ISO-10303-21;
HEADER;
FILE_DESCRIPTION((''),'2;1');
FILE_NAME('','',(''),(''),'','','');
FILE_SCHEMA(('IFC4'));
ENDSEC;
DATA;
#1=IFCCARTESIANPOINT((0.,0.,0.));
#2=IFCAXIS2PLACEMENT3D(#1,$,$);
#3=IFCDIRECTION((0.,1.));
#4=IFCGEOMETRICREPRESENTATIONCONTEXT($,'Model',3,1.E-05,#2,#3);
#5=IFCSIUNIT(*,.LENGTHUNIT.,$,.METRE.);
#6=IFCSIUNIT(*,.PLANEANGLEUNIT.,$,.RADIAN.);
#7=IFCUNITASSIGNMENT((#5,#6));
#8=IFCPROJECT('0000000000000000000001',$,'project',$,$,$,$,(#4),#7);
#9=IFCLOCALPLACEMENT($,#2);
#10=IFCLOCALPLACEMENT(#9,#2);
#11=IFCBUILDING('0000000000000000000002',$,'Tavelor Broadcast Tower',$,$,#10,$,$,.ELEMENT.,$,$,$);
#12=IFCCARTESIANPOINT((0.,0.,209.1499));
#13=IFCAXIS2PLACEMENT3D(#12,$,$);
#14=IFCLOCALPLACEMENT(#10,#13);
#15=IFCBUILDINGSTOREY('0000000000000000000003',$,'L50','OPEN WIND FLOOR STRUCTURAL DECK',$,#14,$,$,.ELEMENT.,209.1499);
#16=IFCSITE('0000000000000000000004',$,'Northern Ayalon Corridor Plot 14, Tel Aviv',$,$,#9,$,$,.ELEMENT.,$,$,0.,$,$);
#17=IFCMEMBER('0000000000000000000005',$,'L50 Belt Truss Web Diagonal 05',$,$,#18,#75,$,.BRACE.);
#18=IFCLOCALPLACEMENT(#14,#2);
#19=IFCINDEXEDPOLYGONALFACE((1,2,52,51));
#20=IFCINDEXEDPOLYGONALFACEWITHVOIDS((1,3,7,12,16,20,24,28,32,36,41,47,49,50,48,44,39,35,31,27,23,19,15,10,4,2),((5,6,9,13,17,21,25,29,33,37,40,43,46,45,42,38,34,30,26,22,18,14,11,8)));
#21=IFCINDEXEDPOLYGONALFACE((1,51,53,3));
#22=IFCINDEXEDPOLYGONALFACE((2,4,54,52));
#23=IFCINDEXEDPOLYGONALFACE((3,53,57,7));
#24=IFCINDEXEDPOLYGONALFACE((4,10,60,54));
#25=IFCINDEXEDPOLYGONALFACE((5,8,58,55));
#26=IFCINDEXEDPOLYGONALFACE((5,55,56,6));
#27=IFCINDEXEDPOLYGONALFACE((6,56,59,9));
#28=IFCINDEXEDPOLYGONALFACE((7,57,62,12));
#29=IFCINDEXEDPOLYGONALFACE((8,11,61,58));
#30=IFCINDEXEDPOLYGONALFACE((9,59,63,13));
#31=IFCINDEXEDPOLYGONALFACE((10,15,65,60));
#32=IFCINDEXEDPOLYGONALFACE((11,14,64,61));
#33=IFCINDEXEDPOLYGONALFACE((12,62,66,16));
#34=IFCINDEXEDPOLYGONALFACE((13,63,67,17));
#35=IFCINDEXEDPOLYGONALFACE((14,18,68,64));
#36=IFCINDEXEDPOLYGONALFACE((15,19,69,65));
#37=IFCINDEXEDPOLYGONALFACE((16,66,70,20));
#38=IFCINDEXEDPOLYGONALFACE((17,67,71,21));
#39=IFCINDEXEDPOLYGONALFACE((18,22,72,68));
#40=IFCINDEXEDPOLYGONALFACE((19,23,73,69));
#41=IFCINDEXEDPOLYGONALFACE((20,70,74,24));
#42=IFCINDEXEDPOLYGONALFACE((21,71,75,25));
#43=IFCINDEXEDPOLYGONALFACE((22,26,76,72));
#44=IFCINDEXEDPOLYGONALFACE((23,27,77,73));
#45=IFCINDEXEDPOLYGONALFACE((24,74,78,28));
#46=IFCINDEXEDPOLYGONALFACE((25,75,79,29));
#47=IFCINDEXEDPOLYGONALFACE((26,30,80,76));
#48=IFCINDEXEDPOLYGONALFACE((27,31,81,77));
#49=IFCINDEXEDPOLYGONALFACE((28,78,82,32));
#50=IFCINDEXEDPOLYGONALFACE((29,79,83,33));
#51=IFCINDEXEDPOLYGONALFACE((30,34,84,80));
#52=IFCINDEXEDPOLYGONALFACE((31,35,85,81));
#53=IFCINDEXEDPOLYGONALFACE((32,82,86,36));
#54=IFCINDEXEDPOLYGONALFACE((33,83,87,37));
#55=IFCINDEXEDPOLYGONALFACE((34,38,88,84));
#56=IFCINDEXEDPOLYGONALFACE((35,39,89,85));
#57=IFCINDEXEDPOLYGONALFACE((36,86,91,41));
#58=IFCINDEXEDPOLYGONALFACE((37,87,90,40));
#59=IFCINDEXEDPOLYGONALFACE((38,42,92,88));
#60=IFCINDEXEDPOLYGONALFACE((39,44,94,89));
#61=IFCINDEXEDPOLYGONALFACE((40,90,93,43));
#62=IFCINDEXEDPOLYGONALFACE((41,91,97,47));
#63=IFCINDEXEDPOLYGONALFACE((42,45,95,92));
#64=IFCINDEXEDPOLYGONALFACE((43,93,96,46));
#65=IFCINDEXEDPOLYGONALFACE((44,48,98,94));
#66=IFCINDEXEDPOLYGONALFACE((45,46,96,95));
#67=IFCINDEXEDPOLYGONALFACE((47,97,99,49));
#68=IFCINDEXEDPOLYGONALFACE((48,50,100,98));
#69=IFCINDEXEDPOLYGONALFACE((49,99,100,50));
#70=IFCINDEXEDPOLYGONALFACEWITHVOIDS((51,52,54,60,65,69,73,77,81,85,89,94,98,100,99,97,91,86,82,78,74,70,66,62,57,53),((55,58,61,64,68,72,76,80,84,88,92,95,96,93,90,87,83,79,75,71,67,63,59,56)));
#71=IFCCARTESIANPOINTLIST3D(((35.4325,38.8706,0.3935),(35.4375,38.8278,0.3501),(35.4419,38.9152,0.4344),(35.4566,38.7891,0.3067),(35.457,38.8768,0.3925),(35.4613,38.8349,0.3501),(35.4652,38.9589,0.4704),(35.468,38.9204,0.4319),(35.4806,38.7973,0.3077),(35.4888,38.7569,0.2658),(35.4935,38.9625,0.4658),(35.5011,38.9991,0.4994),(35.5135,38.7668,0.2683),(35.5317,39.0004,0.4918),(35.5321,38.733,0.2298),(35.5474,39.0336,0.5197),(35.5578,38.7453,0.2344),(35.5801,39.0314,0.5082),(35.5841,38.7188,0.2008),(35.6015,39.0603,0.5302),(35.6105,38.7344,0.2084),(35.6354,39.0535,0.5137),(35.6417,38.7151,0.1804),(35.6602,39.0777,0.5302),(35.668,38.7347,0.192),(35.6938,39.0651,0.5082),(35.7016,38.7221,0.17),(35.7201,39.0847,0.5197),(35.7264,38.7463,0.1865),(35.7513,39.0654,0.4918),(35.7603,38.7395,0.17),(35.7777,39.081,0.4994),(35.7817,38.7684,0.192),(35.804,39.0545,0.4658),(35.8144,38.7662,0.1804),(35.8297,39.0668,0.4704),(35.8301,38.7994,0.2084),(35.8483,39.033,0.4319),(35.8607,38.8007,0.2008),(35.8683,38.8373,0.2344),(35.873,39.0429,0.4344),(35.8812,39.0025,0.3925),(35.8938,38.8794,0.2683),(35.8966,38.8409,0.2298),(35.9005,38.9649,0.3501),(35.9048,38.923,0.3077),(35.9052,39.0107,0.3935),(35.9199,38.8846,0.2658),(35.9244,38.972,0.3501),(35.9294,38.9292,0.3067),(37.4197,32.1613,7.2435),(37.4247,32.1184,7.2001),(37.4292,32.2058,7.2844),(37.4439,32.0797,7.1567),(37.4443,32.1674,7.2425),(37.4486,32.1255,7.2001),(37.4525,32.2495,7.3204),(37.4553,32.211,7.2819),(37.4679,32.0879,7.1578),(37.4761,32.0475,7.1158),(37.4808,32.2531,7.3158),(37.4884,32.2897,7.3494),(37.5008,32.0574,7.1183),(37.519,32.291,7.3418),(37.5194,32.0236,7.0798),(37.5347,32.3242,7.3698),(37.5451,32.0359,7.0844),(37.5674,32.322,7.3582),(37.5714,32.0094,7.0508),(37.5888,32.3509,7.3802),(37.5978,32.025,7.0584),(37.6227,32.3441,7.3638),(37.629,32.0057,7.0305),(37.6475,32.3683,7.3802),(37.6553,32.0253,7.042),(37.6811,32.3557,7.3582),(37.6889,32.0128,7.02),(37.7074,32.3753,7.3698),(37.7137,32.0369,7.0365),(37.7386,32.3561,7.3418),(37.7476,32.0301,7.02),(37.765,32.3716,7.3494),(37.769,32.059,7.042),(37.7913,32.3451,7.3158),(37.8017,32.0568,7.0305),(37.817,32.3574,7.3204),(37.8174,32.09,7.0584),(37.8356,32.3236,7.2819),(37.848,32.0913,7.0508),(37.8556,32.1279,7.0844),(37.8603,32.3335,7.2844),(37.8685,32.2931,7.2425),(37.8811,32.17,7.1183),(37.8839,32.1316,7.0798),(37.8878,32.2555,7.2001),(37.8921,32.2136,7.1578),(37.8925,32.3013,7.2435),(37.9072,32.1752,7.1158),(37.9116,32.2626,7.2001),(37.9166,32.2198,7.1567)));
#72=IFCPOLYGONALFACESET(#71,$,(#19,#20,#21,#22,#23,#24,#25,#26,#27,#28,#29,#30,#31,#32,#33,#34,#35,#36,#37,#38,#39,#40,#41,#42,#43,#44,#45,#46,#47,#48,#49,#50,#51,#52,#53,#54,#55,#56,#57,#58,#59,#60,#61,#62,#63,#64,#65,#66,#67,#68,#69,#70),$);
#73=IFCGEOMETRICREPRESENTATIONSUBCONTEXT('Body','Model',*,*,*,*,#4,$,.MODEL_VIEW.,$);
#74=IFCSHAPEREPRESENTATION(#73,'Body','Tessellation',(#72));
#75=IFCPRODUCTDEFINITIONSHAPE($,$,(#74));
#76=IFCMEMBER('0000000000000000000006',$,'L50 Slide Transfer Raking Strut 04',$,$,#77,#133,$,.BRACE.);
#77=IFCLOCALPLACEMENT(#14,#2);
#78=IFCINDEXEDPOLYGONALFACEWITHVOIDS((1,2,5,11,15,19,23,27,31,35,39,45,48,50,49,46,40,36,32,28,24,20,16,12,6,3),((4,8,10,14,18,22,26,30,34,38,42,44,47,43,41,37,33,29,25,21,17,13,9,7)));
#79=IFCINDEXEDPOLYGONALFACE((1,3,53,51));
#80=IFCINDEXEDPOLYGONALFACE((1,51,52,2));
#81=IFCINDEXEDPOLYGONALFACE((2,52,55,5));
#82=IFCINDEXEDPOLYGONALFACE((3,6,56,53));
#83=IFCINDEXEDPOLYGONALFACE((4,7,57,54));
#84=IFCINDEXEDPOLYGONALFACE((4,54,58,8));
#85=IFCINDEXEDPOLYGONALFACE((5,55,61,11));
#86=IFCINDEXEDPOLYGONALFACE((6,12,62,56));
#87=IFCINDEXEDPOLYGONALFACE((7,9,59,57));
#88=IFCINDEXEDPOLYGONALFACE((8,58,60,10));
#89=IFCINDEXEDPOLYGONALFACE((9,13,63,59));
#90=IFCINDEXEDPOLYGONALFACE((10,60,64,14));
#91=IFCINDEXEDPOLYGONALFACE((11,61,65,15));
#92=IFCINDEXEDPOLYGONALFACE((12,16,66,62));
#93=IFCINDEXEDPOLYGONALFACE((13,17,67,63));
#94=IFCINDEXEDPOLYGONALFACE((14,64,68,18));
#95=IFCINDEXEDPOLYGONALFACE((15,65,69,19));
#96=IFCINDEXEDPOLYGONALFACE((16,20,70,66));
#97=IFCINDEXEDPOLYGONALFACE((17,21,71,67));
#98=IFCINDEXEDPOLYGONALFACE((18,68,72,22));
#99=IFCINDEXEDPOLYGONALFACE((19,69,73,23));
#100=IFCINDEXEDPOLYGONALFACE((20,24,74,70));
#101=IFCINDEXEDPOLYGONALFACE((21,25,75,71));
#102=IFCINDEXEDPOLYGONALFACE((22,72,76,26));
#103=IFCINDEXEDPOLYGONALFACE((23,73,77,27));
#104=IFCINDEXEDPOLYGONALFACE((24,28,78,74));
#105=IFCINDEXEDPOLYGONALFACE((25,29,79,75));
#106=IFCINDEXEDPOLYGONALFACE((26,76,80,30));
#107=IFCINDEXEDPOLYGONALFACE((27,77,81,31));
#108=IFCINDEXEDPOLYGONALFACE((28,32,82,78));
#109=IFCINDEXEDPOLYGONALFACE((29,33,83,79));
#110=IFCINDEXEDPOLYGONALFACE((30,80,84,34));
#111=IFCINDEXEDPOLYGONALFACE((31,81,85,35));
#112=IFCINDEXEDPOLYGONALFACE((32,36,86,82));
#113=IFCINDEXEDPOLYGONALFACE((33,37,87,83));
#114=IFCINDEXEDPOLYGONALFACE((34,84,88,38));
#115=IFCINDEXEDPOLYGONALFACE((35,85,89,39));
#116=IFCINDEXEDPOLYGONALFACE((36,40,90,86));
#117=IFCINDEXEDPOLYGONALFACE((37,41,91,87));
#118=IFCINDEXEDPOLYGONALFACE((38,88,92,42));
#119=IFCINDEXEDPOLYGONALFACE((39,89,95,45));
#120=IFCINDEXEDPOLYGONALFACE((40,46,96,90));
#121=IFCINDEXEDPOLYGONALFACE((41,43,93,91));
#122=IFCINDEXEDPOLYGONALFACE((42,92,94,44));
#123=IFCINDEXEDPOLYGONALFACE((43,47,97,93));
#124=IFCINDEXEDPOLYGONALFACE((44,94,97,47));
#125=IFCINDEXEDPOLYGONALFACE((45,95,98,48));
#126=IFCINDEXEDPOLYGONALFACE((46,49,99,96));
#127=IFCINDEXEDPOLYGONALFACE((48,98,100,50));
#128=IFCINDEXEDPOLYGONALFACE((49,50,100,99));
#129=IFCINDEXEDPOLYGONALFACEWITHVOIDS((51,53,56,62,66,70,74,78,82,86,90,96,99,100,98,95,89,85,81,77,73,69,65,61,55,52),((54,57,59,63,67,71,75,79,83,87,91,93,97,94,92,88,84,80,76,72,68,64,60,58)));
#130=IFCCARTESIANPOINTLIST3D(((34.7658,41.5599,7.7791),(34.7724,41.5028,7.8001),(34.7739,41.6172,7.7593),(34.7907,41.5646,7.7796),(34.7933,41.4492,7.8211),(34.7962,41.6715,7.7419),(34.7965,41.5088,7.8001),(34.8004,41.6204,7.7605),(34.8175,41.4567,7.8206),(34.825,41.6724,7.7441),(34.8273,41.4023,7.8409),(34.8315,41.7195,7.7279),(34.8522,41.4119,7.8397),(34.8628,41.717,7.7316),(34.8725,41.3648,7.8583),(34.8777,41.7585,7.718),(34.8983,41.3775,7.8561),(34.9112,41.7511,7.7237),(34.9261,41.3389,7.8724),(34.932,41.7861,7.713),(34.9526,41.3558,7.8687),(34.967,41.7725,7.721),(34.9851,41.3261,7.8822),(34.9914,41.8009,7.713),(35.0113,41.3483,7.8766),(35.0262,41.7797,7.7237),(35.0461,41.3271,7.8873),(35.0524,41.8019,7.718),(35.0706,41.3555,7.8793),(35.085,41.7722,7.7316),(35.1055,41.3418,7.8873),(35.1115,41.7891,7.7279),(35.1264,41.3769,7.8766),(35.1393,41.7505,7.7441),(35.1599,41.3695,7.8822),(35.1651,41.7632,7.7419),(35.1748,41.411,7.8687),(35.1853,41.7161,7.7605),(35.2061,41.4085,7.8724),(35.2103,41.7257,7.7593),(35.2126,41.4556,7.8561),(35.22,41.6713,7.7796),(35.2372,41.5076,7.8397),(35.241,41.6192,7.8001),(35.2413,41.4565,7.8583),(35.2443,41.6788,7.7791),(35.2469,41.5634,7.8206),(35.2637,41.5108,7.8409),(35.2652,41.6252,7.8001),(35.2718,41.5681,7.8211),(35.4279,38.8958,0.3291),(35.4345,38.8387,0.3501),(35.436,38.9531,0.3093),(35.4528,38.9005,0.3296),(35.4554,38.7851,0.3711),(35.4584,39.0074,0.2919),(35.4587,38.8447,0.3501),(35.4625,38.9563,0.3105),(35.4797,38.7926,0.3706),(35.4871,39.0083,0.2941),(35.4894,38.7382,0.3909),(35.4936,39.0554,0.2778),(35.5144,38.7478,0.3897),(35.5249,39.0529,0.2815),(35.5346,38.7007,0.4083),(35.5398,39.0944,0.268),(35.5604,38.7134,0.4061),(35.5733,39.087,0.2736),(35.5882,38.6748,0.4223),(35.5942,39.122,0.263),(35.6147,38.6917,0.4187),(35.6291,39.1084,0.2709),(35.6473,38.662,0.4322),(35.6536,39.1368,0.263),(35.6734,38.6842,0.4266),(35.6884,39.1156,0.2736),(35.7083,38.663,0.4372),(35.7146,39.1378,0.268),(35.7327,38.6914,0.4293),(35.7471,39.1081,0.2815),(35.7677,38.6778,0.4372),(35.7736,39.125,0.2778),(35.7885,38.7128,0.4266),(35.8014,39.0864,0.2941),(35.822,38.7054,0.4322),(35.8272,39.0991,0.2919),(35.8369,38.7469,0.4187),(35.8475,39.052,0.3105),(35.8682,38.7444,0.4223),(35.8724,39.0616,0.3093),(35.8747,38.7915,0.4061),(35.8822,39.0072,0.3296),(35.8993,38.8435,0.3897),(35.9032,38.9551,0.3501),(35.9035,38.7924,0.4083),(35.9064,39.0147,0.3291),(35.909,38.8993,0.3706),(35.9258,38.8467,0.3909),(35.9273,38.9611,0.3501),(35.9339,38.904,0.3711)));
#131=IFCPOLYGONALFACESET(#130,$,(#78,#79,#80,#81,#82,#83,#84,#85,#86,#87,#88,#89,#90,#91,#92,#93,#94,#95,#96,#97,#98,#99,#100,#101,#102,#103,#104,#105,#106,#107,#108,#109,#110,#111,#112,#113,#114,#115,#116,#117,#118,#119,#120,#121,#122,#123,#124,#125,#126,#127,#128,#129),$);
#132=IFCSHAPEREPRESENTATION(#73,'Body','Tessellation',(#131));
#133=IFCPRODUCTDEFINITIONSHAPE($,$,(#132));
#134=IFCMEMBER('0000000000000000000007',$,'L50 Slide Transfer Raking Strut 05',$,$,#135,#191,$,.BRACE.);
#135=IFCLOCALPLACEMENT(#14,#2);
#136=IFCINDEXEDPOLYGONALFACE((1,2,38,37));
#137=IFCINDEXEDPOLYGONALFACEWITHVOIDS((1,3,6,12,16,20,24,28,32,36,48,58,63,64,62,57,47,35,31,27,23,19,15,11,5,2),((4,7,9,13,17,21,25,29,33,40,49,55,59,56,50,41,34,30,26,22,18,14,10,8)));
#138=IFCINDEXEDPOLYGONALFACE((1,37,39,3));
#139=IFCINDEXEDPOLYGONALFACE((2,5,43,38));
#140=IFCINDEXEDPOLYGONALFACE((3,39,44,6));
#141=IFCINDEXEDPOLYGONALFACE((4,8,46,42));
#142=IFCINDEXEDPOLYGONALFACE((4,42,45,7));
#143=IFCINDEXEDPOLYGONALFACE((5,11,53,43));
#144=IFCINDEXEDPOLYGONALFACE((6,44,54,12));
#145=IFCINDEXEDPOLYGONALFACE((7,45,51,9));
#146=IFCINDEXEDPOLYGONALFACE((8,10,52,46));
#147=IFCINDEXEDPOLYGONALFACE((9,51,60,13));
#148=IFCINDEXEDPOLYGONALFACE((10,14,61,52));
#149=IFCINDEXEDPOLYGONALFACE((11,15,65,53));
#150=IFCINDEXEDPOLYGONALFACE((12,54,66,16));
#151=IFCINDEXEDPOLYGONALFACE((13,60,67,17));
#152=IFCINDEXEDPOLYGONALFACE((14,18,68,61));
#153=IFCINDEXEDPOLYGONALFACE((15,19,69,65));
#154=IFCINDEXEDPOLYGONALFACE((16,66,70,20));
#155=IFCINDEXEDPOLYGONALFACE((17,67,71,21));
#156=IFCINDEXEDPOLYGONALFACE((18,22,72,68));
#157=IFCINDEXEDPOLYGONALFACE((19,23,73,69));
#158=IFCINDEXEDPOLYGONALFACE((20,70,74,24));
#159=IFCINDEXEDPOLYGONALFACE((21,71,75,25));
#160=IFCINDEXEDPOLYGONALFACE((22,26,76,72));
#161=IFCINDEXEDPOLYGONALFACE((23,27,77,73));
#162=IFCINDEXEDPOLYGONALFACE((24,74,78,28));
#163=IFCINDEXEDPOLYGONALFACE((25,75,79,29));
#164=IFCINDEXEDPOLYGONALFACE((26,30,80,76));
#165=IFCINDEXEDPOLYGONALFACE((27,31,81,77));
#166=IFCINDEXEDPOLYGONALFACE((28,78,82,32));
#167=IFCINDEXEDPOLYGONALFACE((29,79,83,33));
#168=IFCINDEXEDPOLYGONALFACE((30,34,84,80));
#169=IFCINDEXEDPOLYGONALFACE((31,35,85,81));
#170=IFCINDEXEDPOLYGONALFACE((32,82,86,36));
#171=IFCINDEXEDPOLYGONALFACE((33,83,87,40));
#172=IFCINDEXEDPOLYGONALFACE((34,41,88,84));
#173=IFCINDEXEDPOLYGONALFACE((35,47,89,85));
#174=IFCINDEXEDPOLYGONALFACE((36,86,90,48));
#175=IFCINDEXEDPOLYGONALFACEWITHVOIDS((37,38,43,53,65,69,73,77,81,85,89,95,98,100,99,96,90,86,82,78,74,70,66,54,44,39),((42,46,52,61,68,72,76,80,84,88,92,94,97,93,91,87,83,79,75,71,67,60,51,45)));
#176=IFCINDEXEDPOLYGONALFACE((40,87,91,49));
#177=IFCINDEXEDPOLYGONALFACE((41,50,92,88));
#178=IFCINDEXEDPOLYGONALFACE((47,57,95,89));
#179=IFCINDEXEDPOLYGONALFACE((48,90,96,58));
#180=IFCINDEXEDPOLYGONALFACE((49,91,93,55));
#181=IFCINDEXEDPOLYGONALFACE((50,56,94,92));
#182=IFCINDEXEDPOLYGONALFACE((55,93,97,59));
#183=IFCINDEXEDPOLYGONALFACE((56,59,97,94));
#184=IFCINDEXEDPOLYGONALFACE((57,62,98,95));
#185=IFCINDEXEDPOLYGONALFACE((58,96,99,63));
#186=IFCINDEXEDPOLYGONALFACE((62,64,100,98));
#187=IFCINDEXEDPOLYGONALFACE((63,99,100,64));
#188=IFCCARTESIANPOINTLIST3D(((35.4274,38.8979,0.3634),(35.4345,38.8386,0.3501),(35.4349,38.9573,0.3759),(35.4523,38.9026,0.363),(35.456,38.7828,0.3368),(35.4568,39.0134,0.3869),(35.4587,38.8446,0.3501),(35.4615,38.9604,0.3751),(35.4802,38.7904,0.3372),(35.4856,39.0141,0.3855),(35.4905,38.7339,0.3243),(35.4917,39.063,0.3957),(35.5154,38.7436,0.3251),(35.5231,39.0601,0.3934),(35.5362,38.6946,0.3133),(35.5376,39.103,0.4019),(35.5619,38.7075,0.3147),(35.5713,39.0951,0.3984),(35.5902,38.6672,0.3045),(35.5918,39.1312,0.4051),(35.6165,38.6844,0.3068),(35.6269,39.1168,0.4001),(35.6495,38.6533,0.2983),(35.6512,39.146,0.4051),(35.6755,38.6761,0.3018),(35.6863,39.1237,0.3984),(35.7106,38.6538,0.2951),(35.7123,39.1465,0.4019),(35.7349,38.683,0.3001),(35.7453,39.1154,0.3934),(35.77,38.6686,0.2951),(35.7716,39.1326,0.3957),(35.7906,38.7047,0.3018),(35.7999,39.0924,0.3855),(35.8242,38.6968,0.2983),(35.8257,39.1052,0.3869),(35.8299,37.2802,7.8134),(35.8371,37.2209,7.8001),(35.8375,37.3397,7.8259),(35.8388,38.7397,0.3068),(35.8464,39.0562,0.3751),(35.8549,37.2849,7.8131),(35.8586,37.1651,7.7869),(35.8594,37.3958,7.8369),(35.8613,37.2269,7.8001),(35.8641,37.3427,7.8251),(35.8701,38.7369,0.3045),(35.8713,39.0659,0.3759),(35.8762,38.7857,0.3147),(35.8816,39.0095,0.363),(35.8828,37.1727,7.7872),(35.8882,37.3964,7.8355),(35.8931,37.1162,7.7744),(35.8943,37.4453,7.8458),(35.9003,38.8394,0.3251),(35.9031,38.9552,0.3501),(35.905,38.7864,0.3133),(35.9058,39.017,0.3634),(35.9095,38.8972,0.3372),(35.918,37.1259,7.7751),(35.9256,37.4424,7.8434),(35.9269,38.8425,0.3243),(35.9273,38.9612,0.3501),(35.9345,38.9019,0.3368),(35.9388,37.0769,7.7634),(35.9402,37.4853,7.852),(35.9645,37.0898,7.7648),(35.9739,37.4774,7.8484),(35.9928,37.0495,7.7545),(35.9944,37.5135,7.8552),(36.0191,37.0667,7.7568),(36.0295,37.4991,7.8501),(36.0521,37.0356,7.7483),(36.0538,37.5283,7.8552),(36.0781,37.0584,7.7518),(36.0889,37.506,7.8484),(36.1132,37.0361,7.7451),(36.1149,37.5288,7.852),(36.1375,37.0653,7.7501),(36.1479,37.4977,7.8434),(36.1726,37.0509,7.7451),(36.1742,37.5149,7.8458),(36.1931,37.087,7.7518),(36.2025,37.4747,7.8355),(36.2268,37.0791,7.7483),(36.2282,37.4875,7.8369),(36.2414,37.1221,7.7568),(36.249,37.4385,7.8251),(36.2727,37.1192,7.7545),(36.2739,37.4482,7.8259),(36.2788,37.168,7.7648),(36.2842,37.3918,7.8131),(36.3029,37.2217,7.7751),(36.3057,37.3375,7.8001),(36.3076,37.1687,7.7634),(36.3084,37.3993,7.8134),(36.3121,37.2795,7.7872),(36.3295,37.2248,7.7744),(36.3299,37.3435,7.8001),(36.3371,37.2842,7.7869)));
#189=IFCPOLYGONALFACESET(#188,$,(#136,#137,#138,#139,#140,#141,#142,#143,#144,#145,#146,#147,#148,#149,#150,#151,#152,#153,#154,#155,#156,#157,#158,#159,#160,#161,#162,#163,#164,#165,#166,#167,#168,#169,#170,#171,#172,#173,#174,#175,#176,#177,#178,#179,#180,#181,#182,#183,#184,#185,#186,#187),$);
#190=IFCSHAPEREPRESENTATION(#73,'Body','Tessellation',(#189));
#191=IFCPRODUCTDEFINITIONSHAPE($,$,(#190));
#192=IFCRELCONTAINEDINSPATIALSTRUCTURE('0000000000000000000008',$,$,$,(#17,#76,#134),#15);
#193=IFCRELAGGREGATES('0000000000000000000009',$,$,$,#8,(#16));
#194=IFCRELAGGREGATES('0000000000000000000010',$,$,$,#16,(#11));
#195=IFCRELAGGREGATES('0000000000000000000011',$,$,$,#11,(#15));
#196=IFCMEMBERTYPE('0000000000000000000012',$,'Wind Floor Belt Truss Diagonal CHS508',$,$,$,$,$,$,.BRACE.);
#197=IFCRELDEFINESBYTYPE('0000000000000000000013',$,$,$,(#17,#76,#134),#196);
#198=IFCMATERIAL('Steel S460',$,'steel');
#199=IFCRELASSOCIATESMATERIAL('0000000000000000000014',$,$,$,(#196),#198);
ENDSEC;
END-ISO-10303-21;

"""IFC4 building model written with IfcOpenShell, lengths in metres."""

from ifc_helpers import new_model, si_unit, direction, frame, origin, origin_2d, place, context, subcontext, project, spatial, hollow_circle, extrude, material, material_profile, profile_set, type_object, element, save


model = new_model("IFC4")

# Units and contexts
model_context = context("Model", 3, precision=1e-05, world=origin(), true_north=direction((0.0, 1.0)))
body_context = subcontext(model_context, "Body", "Model", "MODEL_VIEW")
ifc_project = project(units=[si_unit("LENGTHUNIT", "METRE"), si_unit("PLANEANGLEUNIT", "RADIAN")], contexts=[model_context])

# Site, building, storey
site_placement = place(None, origin())
site = spatial("IfcSite", under=ifc_project, at=site_placement, Name="Northern Ayalon Corridor Plot 14, Tel Aviv", CompositionType="ELEMENT", RefElevation=0.0)
building_placement = place(site_placement, origin())
building = spatial("IfcBuilding", under=site, at=building_placement, Name="Tavelor Broadcast Tower", CompositionType="ELEMENT")
storey_placement = place(building_placement, frame((0.0, 0.0, 209.1499)))
storey = spatial("IfcBuildingStorey", under=building, at=storey_placement, Name="L50", Description="OPEN WIND FLOOR STRUCTURAL DECK", CompositionType="ELEMENT", Elevation=209.1499)

# Shared definitions
ifc_material_1 = material(Name="Steel S460", Category="steel")

# Members
ifc_material_profile_1 = material_profile(ifc_material_1, hollow_circle(Radius=0.2539, WallThickness=0.0249, at=origin_2d()), Name="CHS 508x25")
ifc_profile_set_1 = profile_set([ifc_material_profile_1], Name="Steel S460")
member_type_1 = type_object("IfcMemberType", Name="Wind Floor Belt Truss Diagonal CHS508", PredefinedType="BRACE", material=ifc_profile_set_1)
member_1_placement = place(storey_placement, frame((35.6809, 38.8999, 0.3501), z_axis=(0.202944, -0.685174, 0.699535), x_axis=(0.958825, 0.283998, 0.0)))
element("IfcMember", 1, at=member_1_placement, inside=storey, type_object=member_type_1, Name="L50 Belt Truss Web Diagonal 05", PredefinedType="BRACE", context=body_context, shape_type="SweptSolid", body=[
    extrude(hollow_circle(Radius=0.2539, WallThickness=0.0249, at=origin_2d()), origin(), (0.0, 0.0, 1.0), 9.7922),
])
member_2_placement = place(storey_placement, frame((35.6809, 38.8999, 0.3501), z_axis=(-0.083393, 0.335541, 0.938327), x_axis=(-0.970476, -0.241196, 0.0)))
element("IfcMember", 2, at=member_2_placement, inside=storey, type_object=member_type_1, Name="L50 Slide Transfer Raking Strut 04", PredefinedType="BRACE", context=body_context, shape_type="SweptSolid", body=[
    extrude(hollow_circle(Radius=0.2539, WallThickness=0.0249, at=origin_2d()), origin(), (0.0, 0.0, 1.0), 7.9397),
])
member_3_placement = place(storey_placement, frame((35.6809, 38.8999, 0.3501), z_axis=(0.052735, -0.211899, 0.975868), x_axis=(0.9704, 0.241502, 0.0)))
element("IfcMember", 3, at=member_3_placement, inside=storey, type_object=member_type_1, Name="L50 Slide Transfer Raking Strut 05", PredefinedType="BRACE", context=body_context, shape_type="SweptSolid", body=[
    extrude(hollow_circle(Radius=0.2539, WallThickness=0.0249, at=origin_2d()), origin(), (0.0, 0.0, 1.0), 7.6343),
])

save(model, "model.ifc")
